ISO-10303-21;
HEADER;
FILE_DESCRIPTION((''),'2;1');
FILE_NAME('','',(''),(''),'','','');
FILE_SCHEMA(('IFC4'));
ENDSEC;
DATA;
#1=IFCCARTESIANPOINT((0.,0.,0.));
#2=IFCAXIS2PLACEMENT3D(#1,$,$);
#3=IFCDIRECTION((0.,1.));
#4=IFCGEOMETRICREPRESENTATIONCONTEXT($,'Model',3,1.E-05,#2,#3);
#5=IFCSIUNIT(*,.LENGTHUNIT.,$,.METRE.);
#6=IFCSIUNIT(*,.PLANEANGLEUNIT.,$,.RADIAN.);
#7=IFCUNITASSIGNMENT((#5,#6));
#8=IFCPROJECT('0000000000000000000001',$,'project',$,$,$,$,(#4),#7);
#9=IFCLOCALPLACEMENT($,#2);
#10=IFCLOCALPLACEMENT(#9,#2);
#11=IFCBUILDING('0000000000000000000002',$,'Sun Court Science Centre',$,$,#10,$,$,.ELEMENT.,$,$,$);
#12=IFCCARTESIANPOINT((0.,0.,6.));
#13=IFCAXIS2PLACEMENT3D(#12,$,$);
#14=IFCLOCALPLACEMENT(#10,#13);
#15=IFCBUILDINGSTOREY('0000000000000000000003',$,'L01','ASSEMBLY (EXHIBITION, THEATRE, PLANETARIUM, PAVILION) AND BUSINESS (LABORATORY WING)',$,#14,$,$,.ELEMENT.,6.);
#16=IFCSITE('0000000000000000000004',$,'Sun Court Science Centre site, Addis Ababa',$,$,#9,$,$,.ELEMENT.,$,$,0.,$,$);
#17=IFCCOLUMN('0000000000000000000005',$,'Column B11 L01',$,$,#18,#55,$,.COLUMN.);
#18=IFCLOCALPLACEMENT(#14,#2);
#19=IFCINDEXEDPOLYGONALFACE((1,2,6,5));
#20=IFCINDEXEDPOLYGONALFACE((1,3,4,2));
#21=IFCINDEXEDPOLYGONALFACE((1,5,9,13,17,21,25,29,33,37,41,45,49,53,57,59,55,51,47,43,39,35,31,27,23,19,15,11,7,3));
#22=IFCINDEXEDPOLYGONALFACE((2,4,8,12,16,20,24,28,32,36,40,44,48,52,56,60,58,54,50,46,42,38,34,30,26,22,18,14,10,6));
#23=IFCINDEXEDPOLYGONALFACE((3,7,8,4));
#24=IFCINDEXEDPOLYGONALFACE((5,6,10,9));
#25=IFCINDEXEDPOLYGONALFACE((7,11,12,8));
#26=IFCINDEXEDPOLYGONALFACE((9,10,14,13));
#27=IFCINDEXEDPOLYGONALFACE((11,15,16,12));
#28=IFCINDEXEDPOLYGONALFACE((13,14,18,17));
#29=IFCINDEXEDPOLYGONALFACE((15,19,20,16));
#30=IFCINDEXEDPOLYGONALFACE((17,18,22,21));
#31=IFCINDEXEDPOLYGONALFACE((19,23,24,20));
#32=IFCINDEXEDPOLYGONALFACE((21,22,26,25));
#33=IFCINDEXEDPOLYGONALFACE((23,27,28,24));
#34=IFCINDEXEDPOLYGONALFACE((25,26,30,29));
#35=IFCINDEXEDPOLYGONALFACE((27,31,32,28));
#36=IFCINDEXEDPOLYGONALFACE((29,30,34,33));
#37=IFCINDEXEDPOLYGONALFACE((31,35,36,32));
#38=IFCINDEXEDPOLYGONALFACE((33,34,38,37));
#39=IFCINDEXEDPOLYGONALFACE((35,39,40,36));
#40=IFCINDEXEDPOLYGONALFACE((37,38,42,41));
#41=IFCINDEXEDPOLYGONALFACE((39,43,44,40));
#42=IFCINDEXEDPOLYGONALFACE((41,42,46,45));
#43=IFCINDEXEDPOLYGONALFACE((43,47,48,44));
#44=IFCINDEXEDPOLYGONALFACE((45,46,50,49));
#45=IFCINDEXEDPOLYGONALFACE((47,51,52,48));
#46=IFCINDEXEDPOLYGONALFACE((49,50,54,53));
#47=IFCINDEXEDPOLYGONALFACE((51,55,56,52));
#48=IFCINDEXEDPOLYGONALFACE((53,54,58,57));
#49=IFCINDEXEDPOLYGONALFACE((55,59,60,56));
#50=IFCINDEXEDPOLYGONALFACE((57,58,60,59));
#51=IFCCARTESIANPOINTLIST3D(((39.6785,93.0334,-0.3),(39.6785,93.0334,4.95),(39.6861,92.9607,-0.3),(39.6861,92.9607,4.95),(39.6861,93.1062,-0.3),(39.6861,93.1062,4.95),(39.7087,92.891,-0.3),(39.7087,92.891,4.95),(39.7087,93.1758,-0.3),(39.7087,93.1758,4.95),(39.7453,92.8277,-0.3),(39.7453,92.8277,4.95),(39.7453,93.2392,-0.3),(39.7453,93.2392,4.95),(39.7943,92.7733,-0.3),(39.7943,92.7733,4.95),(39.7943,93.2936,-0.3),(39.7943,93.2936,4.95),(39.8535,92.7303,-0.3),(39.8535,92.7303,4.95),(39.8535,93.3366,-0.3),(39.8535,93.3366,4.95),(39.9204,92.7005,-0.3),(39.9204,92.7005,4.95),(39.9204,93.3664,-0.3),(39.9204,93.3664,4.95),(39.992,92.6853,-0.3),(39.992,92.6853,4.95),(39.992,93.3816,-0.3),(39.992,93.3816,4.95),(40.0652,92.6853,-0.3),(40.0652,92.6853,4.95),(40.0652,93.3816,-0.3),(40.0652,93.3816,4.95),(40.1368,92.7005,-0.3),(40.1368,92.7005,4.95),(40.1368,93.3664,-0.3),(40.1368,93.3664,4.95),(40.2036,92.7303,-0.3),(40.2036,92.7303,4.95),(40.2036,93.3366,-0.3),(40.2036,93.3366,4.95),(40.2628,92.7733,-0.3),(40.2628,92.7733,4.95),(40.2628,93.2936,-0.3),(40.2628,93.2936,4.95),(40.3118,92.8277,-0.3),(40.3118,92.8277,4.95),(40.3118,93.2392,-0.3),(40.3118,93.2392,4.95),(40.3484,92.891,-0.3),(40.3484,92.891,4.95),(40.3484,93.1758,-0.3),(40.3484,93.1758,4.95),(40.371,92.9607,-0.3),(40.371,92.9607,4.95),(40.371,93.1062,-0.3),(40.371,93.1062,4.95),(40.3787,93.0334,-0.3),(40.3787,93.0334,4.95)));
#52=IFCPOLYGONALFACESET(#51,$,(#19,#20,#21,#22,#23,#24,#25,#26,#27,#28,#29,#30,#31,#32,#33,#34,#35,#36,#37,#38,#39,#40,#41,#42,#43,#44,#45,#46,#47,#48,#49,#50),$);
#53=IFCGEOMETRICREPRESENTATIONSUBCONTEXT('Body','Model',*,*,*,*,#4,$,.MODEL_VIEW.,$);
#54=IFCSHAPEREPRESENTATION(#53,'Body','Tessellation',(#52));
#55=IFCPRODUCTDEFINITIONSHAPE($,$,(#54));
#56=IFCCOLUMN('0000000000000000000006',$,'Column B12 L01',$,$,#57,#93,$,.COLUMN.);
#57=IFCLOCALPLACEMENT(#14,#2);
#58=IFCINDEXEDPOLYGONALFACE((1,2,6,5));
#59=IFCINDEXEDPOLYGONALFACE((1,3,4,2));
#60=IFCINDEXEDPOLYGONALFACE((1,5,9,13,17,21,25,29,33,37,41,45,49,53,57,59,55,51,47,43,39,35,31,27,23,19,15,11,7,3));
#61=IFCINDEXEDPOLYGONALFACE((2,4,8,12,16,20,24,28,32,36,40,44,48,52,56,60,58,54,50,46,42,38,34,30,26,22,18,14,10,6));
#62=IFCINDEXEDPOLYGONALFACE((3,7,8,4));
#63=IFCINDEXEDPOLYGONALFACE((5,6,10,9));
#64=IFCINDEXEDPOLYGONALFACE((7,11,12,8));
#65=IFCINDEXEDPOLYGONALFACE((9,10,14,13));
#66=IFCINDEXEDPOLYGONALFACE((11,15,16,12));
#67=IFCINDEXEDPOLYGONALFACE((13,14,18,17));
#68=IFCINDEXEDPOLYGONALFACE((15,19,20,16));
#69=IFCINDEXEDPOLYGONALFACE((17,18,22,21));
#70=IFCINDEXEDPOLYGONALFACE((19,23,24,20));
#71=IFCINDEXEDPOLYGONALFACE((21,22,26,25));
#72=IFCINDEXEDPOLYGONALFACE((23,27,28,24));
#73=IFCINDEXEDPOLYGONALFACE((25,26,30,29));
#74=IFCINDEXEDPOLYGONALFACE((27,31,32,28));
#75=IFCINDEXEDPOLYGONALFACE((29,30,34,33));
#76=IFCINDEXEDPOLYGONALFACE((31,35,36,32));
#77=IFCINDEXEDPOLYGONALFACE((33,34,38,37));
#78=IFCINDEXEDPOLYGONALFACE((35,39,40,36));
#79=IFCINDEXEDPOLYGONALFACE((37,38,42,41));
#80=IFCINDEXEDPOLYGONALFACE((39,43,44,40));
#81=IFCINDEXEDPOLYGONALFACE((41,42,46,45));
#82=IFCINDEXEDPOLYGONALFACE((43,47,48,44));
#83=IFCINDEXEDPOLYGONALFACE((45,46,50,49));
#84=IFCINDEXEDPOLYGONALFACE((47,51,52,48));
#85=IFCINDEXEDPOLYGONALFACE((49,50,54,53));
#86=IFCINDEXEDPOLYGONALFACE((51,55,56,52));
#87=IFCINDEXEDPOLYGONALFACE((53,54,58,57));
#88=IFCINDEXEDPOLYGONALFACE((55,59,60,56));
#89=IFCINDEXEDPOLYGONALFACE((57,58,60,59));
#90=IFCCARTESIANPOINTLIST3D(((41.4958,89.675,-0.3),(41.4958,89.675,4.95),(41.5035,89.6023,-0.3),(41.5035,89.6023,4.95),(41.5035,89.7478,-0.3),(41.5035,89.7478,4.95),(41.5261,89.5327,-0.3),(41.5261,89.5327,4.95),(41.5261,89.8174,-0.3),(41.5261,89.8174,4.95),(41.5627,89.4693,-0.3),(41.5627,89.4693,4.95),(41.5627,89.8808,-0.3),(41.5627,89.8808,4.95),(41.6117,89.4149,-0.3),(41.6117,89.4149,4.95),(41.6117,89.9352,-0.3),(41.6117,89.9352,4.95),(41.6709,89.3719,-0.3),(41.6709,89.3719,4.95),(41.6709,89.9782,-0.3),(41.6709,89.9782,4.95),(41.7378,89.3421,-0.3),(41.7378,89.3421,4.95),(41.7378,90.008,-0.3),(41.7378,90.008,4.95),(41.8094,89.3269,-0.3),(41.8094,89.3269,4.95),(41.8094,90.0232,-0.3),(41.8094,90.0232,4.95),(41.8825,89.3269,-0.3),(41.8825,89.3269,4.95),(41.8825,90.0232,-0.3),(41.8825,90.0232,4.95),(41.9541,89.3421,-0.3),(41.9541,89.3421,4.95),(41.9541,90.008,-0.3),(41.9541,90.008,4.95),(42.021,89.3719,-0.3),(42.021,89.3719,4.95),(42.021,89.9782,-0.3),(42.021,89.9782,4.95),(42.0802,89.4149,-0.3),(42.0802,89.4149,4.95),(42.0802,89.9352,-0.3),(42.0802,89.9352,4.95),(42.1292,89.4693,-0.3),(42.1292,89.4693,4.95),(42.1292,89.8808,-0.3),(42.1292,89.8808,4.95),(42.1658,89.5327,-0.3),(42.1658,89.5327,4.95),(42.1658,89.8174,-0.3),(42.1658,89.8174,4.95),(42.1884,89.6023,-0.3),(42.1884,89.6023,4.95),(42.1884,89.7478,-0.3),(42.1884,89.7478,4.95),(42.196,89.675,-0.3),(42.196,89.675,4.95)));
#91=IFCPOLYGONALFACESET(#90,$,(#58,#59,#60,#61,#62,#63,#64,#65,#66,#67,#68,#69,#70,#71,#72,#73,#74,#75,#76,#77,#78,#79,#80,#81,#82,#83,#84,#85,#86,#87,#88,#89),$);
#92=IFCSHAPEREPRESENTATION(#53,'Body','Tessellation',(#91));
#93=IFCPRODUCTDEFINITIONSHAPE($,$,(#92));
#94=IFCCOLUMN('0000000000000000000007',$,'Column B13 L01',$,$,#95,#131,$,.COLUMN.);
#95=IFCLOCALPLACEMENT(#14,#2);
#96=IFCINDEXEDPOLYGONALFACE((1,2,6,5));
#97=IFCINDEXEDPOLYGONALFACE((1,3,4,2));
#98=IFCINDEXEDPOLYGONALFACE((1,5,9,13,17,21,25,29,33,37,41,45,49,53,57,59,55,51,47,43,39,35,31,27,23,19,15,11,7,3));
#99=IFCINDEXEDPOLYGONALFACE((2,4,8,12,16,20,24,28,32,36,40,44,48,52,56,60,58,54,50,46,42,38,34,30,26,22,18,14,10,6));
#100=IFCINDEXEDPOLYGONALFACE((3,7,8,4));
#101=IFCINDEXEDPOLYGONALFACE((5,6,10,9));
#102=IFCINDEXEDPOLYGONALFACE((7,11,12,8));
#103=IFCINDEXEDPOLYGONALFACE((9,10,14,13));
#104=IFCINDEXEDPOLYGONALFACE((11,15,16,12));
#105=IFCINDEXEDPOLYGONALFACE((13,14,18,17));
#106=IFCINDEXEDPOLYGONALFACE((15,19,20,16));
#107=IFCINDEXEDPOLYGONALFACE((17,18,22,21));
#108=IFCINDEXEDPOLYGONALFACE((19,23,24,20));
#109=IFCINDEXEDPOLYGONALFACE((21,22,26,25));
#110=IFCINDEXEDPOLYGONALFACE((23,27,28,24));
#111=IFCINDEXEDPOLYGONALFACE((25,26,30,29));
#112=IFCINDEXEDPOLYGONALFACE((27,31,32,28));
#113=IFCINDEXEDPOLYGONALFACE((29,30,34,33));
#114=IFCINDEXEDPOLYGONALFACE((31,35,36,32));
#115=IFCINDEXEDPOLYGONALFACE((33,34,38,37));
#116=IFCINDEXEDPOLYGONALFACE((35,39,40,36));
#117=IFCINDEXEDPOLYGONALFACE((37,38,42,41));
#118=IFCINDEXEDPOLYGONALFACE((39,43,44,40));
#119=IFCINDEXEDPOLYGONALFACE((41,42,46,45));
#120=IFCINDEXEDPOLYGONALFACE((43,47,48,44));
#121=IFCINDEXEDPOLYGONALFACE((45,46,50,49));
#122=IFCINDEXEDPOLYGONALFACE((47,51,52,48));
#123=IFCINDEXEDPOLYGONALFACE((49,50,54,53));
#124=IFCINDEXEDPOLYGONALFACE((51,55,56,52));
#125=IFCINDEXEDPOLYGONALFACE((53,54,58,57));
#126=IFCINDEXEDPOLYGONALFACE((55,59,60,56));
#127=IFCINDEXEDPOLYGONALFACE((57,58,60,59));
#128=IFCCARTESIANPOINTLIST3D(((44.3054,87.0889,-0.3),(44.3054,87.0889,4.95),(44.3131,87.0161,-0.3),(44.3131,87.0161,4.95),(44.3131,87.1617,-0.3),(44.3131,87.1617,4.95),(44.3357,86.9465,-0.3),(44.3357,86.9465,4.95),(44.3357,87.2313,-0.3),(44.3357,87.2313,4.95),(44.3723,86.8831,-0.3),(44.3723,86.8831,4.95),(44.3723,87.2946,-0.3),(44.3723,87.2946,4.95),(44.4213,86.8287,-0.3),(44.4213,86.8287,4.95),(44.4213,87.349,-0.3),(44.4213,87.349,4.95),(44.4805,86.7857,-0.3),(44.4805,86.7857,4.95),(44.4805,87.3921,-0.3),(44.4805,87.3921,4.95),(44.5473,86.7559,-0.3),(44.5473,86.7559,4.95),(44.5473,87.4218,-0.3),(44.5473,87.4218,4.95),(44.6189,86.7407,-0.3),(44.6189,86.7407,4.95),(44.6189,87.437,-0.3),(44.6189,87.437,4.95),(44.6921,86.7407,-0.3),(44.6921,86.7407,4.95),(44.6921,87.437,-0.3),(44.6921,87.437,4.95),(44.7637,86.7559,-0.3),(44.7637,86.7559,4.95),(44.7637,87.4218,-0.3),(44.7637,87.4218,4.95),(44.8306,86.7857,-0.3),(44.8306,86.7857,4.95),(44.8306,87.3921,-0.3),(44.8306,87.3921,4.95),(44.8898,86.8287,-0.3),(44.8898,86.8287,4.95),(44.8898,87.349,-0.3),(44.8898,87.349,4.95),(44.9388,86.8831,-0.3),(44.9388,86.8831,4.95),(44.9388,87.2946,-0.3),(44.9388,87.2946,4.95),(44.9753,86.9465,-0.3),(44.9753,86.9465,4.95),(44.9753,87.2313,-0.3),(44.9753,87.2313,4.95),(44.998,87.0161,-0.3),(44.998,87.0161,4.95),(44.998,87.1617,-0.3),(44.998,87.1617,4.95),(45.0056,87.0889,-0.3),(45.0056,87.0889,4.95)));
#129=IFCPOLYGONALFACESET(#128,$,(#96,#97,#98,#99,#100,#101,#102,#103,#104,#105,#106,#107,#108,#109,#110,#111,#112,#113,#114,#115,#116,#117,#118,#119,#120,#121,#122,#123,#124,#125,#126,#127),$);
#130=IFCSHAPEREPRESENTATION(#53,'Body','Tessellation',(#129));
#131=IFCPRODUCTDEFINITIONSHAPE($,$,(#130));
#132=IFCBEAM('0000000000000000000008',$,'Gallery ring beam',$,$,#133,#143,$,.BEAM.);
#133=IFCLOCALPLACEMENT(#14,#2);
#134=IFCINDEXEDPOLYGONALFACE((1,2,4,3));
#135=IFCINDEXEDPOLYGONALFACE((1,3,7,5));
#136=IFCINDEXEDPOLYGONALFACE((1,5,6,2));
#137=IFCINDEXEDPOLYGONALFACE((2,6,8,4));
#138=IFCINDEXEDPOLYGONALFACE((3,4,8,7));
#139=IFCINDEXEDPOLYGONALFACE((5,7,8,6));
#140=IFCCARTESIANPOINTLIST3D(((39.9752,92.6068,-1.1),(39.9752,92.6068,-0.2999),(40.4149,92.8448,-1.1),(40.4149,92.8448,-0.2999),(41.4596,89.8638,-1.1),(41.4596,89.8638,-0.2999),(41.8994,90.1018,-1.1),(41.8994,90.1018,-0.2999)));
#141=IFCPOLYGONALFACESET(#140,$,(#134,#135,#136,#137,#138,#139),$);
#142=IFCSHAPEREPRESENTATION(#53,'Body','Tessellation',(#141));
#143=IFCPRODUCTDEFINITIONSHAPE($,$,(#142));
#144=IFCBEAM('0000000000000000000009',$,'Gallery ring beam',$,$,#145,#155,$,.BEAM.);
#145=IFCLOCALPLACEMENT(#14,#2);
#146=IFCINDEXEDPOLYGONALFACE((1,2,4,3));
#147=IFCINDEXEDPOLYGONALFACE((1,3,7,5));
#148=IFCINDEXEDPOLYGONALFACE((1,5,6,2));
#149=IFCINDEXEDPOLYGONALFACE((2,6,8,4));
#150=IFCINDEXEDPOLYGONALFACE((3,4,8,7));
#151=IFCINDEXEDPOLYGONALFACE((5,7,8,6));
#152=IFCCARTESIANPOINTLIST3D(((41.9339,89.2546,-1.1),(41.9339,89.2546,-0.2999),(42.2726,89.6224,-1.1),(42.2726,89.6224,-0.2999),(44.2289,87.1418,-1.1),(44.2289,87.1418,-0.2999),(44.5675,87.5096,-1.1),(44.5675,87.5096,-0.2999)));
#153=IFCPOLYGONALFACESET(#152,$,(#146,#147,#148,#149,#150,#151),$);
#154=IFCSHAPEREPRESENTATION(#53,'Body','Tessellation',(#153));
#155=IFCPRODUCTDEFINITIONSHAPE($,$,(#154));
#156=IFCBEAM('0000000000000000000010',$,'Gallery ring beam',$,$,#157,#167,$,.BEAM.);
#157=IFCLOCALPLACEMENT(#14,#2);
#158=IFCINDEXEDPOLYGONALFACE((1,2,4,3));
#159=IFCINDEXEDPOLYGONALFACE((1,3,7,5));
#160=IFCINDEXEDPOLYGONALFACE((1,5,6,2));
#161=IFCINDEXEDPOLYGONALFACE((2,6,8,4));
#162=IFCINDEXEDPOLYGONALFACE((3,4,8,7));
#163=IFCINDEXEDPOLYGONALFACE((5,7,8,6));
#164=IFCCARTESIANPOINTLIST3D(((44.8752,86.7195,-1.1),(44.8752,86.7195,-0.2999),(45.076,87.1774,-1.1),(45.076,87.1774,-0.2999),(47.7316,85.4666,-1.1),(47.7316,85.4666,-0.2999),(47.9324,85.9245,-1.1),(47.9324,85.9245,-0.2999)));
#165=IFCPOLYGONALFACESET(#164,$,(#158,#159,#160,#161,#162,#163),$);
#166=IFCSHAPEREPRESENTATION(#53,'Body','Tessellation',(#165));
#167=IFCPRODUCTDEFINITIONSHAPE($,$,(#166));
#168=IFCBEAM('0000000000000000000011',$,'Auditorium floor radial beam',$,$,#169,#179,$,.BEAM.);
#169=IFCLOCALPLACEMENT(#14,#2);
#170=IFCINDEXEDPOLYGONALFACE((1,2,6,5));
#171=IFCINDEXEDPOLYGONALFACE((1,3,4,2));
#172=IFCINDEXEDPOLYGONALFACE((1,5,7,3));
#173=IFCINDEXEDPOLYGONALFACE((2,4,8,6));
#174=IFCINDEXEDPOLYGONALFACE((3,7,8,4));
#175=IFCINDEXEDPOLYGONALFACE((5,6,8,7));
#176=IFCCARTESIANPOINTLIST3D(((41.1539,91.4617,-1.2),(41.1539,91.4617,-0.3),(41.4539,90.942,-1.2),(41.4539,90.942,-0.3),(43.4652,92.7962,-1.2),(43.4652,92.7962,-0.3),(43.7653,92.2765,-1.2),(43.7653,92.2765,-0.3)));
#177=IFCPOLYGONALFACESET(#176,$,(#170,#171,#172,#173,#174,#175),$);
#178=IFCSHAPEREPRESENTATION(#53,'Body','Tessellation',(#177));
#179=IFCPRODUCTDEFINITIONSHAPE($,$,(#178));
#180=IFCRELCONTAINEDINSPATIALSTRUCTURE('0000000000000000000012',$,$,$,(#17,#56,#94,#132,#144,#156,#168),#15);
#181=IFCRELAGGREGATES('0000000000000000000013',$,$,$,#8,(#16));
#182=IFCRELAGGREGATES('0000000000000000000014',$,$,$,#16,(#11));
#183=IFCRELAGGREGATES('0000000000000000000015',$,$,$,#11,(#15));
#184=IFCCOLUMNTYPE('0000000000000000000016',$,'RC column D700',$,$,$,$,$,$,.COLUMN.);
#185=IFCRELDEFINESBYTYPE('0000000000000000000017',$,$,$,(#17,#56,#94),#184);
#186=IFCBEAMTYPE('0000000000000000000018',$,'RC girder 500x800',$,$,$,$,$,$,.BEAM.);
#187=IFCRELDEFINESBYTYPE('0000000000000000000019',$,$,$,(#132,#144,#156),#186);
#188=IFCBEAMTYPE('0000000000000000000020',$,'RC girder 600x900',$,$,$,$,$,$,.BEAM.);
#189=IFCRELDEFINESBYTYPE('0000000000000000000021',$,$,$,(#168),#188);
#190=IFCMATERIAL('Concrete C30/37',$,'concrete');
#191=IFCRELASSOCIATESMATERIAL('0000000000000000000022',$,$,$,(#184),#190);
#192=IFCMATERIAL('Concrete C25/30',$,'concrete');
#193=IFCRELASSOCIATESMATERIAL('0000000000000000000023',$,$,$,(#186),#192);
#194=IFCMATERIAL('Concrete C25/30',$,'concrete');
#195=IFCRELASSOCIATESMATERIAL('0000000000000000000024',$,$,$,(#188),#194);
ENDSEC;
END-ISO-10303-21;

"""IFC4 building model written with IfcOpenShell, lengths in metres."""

from ifc_helpers import new_model, si_unit, direction, frame, origin, origin_2d, place, context, subcontext, project, spatial, rectangle, circle, extrude, material, material_profile, profile_set, type_object, element, save


model = new_model("IFC4")

# Units and contexts
model_context = context("Model", 3, precision=1e-05, world=origin(), true_north=direction((0.0, 1.0)))
body_context = subcontext(model_context, "Body", "Model", "MODEL_VIEW")
ifc_project = project(units=[si_unit("LENGTHUNIT", "METRE"), si_unit("PLANEANGLEUNIT", "RADIAN")], contexts=[model_context])

# Site, building, storey
site_placement = place(None, origin())
site = spatial("IfcSite", under=ifc_project, at=site_placement, Name="Sun Court Science Centre site, Addis Ababa", CompositionType="ELEMENT", RefElevation=0.0)
building_placement = place(site_placement, origin())
building = spatial("IfcBuilding", under=site, at=building_placement, Name="Sun Court Science Centre", CompositionType="ELEMENT")
storey_placement = place(building_placement, frame((0.0, 0.0, 6.0)))
storey = spatial("IfcBuildingStorey", under=building, at=storey_placement, Name="L01", Description="ASSEMBLY (EXHIBITION, THEATRE, PLANETARIUM, PAVILION) AND BUSINESS (LABORATORY WING)", CompositionType="ELEMENT", Elevation=6.0)

# Columns
ifc_material_1 = material(Name="Concrete C30/37", Category="concrete")
ifc_material_profile_1 = material_profile(ifc_material_1, circle(Radius=0.3501, at=origin_2d()), Name="RC D700")
ifc_profile_set_1 = profile_set([ifc_material_profile_1], Name="Concrete C30/37")
column_type = type_object("IfcColumnType", Name="RC column D700", PredefinedType="COLUMN", material=ifc_profile_set_1)
for number, where, z_axis, x_axis, name in (
    (1, (40.0286, 93.0334, -0.3), (0.0, 0.0, 1.0), (1.0, 0.0, 0.0), "Column B11 L01"),
    (2, (41.8459, 89.675, -0.3), (0.0, 0.0, 1.0), (1.0, 0.0, 0.0), "Column B12 L01"),
    (3, (44.6555, 87.0889, -0.3), (0.0, 0.0, 1.0), (1.0, 0.0, 0.0), "Column B13 L01"),
):
    element("IfcColumn", number, at=place(storey_placement, frame(where, z_axis=z_axis, x_axis=x_axis)), inside=storey, type_object=column_type, Name=name, PredefinedType="COLUMN", context=body_context, shape_type="SweptSolid", body=[
        extrude(circle(Radius=0.3501, at=origin_2d()), origin(), (0.0, 0.0, 1.0), 5.25),
    ])

# Beams
ifc_material_2 = material(Name="Concrete C25/30", Category="concrete")
ifc_material_profile_2 = material_profile(ifc_material_2, rectangle(XDim=0.5, YDim=0.8, at=origin_2d()), Name="RC 500x800")
ifc_profile_set_2 = profile_set([ifc_material_profile_2], Name="Concrete C25/30")
beam_type_1 = type_object("IfcBeamType", Name="RC girder 500x800", PredefinedType="BEAM", material=ifc_profile_set_2)
beam_1_placement = place(storey_placement, frame((40.1951, 92.7258, -0.7), z_axis=(0.475943, -0.879476, 0.0), x_axis=(0.879476, 0.475943, 0.0)))
element("IfcBeam", 4, at=beam_1_placement, inside=storey, type_object=beam_type_1, Name="Gallery ring beam", PredefinedType="BEAM", context=body_context, shape_type="SweptSolid", body=[
    extrude(rectangle(XDim=0.5, YDim=0.8, at=origin_2d()), origin(), (0.0, 0.0, 1.0), 3.1189),
])
beam_2_placement = place(storey_placement, frame((42.1033, 89.4385, -0.7), z_axis=(0.735697, -0.677311, 0.0), x_axis=(0.677311, 0.735697, 0.0)))
element("IfcBeam", 5, at=beam_2_placement, inside=storey, type_object=beam_type_1, Name="Gallery ring beam", PredefinedType="BEAM", context=body_context, shape_type="SweptSolid", body=[
    extrude(rectangle(XDim=0.5, YDim=0.8, at=origin_2d()), origin(), (0.0, 0.0, 1.0), 3.1194),
])
beam_3_placement = place(storey_placement, frame((44.9756, 86.9485, -0.7), z_axis=(0.915776, -0.401689, 0.0), x_axis=(0.401689, 0.915776, 0.0)))
element("IfcBeam", 6, at=beam_3_placement, inside=storey, type_object=beam_type_1, Name="Gallery ring beam", PredefinedType="BEAM", context=body_context, shape_type="SweptSolid", body=[
    extrude(rectangle(XDim=0.5, YDim=0.8, at=origin_2d()), origin(), (0.0, 0.0, 1.0), 3.1191),
])
ifc_material_3 = material(Name="Concrete C25/30", Category="concrete")
ifc_material_profile_3 = material_profile(ifc_material_3, rectangle(XDim=0.6001, YDim=0.8999, at=origin_2d()), Name="RC 600x900")
ifc_profile_set_3 = profile_set([ifc_material_profile_3], Name="Concrete C25/30")
beam_type_2 = type_object("IfcBeamType", Name="RC girder 600x900", PredefinedType="BEAM", material=ifc_profile_set_3)
beam_4_placement = place(storey_placement, frame((43.6152, 92.5364, -0.75), z_axis=(-0.866016, -0.500015, 0.0), x_axis=(0.500015, -0.866016, 0.0)))
element("IfcBeam", 7, at=beam_4_placement, inside=storey, type_object=beam_type_2, Name="Auditorium floor radial beam", PredefinedType="BEAM", context=body_context, shape_type="SweptSolid", body=[
    extrude(rectangle(XDim=0.6001, YDim=0.8999, at=origin_2d()), origin(), (0.0, 0.0, 1.0), 2.6689),
])

save(model, "model.ifc")
